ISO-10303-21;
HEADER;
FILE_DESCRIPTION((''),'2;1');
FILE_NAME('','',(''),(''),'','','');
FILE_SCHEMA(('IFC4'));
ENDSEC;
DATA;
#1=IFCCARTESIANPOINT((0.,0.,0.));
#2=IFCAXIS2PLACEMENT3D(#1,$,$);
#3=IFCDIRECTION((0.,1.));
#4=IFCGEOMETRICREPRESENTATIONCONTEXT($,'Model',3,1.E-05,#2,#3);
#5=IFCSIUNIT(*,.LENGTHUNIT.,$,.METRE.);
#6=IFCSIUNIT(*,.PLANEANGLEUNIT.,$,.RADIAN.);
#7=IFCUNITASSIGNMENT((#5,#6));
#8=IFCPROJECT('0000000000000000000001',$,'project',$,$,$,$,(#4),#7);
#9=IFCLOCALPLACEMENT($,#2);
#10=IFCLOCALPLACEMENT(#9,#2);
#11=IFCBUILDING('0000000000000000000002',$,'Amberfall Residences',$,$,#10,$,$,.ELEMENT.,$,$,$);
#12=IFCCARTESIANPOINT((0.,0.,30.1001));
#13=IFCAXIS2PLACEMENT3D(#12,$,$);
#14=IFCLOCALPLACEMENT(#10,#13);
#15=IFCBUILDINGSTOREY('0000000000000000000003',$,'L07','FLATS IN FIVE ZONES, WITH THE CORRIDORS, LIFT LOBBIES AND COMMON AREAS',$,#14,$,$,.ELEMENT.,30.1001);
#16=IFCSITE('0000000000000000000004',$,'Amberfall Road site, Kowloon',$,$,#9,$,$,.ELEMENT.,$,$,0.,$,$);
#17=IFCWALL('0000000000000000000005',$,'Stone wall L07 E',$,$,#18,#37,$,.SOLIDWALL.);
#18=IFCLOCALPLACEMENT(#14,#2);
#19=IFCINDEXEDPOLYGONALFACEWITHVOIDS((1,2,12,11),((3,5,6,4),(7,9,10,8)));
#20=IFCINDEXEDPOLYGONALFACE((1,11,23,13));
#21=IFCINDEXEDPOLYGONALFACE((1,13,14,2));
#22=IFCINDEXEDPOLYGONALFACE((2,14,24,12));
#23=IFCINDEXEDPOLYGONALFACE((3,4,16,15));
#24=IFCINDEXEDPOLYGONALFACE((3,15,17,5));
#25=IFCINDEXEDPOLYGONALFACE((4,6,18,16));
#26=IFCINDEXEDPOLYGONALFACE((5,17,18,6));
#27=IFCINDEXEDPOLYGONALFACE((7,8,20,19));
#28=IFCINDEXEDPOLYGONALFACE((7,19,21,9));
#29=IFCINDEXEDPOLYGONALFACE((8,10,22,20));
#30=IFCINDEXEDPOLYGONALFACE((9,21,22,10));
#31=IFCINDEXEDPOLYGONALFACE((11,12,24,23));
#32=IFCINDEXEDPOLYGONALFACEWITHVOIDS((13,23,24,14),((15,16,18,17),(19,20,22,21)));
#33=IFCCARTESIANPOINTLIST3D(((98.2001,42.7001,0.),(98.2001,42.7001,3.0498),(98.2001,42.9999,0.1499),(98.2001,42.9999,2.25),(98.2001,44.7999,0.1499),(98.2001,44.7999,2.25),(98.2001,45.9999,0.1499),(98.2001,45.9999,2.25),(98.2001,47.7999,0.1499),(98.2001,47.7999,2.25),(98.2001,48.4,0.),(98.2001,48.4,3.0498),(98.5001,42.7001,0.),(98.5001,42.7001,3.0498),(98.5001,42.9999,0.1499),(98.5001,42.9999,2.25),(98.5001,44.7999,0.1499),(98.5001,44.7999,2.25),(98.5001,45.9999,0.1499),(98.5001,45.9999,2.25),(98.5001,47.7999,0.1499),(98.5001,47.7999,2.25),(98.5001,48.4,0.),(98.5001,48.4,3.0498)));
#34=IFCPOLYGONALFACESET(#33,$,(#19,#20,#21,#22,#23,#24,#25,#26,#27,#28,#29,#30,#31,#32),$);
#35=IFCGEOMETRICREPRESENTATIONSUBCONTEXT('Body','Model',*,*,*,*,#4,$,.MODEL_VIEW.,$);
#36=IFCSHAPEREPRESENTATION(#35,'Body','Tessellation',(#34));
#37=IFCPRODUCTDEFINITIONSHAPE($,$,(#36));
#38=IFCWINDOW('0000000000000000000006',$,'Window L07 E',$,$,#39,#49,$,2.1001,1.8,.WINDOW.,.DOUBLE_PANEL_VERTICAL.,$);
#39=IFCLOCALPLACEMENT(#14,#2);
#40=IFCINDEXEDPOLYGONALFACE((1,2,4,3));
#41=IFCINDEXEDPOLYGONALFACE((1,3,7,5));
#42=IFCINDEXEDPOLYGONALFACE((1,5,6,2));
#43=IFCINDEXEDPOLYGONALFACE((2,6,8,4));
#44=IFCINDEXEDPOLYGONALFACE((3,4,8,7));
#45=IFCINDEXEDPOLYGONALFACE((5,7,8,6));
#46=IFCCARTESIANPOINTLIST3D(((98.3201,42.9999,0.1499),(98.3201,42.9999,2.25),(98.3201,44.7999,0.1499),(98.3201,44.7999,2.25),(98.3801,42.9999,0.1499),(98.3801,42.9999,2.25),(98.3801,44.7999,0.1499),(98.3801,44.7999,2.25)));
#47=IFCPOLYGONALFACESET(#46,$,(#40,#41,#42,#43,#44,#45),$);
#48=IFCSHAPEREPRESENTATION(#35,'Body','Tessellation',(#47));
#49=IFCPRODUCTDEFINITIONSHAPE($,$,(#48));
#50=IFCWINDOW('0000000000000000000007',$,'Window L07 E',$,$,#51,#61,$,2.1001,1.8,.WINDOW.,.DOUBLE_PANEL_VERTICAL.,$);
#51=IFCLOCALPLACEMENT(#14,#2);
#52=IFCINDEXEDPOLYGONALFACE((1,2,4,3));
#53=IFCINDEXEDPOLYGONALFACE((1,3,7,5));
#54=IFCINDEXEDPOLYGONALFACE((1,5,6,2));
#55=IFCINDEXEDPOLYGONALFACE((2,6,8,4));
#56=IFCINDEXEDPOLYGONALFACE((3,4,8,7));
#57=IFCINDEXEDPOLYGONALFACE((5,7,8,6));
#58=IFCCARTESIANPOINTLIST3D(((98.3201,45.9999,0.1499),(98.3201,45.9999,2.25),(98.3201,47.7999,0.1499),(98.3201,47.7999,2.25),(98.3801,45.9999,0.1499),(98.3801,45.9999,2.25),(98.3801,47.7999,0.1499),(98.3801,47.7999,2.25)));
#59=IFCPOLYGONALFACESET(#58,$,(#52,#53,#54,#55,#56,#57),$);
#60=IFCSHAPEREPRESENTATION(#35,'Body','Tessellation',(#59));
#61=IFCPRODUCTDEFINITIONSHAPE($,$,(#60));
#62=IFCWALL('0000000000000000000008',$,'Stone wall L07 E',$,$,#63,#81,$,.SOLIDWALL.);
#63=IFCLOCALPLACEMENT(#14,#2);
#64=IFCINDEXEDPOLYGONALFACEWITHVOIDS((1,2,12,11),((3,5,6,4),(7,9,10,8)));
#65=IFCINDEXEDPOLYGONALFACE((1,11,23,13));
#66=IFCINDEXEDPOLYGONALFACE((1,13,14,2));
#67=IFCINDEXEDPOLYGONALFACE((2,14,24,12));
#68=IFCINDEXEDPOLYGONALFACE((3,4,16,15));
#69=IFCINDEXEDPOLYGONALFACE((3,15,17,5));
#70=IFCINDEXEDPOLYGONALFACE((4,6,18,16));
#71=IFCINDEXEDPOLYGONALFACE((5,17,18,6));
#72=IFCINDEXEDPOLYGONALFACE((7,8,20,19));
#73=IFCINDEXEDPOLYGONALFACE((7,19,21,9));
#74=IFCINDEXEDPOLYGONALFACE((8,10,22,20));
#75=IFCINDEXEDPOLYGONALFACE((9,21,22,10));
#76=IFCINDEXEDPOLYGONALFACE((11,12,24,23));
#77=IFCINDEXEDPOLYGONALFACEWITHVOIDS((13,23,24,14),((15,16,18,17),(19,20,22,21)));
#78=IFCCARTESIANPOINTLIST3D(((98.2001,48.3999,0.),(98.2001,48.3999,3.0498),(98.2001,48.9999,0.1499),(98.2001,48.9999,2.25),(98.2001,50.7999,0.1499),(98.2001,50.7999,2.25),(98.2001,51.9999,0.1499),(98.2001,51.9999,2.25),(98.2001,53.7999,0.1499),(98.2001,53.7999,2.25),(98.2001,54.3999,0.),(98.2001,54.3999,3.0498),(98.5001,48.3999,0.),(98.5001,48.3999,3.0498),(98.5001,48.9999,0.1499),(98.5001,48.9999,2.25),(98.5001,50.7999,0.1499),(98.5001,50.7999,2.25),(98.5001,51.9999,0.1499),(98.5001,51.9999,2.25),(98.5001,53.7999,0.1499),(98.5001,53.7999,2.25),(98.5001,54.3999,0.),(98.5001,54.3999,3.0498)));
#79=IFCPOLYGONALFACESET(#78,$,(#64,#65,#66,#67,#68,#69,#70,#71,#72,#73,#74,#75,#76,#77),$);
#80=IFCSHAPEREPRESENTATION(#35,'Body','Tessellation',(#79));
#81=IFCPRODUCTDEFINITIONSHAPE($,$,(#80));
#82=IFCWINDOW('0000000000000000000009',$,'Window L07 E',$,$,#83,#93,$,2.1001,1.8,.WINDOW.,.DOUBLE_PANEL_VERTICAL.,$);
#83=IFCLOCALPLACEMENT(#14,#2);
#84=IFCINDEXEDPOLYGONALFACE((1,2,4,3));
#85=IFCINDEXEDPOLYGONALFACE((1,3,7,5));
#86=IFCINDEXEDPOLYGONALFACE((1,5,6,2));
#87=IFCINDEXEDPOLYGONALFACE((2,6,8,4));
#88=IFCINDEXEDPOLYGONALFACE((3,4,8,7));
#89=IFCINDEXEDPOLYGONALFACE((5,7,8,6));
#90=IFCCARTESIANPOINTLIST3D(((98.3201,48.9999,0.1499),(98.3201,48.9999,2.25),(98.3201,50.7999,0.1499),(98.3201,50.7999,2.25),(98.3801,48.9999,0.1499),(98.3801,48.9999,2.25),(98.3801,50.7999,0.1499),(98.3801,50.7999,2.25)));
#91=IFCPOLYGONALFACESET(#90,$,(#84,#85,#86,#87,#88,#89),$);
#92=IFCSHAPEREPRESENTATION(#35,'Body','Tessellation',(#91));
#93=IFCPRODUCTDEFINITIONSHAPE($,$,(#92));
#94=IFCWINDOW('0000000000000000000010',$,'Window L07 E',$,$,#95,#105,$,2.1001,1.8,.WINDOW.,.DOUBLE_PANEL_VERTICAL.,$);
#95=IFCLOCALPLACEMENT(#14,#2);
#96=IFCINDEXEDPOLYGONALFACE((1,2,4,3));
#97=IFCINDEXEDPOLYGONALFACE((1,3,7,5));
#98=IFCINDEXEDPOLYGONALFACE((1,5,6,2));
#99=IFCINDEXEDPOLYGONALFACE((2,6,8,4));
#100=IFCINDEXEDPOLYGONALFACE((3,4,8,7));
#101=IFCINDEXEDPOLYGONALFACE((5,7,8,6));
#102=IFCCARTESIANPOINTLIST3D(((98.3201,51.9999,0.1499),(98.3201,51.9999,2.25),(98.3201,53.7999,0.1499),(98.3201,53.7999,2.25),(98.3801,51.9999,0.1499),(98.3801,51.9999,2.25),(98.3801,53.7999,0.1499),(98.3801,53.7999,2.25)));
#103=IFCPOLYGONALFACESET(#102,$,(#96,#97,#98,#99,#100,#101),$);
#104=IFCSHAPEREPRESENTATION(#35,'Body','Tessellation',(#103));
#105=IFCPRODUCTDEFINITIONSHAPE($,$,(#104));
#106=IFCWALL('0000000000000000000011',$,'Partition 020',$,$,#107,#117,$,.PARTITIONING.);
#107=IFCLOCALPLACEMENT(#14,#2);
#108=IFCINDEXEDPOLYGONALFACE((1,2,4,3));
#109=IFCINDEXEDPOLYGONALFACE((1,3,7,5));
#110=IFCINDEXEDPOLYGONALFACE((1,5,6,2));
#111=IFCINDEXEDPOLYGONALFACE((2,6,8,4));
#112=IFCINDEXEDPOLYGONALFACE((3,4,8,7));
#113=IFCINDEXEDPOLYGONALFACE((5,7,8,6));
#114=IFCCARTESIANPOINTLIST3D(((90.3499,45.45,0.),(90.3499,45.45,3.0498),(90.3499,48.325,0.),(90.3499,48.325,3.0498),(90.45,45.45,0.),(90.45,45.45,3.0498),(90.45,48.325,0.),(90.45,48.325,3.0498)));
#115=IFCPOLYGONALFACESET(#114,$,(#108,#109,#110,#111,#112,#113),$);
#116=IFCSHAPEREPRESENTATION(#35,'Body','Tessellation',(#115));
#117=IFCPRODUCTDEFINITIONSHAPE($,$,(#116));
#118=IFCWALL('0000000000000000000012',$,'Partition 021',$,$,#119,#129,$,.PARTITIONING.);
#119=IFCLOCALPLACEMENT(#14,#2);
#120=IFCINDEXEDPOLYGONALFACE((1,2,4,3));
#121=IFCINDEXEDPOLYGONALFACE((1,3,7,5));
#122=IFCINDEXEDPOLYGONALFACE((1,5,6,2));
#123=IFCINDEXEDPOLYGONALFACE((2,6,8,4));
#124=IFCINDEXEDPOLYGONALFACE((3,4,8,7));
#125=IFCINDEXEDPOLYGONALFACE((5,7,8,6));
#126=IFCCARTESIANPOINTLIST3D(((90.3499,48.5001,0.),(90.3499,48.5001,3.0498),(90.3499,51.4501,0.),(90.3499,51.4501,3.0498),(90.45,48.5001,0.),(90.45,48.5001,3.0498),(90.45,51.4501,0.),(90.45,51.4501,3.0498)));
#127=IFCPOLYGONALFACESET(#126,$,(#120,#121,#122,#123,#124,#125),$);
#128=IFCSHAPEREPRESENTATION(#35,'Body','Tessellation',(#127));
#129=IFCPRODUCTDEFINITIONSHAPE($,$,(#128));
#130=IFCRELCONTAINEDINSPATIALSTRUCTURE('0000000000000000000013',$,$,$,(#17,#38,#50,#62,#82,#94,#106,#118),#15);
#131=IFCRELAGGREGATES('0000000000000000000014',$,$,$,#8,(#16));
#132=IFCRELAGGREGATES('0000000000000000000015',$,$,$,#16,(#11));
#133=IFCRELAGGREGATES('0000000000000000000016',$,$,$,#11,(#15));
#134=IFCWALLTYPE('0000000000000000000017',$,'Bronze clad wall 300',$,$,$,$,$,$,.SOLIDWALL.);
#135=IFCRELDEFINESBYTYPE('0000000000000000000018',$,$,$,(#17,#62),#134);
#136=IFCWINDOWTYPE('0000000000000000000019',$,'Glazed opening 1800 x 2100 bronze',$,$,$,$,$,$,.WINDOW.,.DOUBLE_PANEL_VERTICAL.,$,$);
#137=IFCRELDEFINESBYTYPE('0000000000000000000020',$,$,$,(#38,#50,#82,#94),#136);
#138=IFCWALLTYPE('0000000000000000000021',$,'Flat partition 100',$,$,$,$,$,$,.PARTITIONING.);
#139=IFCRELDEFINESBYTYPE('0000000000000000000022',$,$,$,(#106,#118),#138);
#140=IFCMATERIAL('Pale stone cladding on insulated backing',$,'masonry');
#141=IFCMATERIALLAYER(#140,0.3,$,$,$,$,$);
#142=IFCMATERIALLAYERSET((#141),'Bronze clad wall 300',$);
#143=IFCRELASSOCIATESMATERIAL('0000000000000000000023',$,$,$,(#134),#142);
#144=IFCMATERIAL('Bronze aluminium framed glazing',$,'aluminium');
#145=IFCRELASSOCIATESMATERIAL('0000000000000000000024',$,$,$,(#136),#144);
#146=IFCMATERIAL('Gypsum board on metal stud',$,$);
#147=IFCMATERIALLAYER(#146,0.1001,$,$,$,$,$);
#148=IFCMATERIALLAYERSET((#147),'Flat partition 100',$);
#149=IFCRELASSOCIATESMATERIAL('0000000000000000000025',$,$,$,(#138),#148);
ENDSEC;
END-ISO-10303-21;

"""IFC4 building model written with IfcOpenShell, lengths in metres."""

from ifc_helpers import new_model, si_unit, direction, frame, frame_2d, origin, place, context, subcontext, project, spatial, rectangle, extrude, material, layer, layer_set, type_object, element, fill, save


model = new_model("IFC4")

# Units and contexts
model_context = context("Model", 3, precision=1e-05, world=origin(), true_north=direction((0.0, 1.0)))
body_context = subcontext(model_context, "Body", "Model", "MODEL_VIEW")
ifc_project = project(units=[si_unit("LENGTHUNIT", "METRE"), si_unit("PLANEANGLEUNIT", "RADIAN")], contexts=[model_context])

# Site, building, storey
site_placement = place(None, origin())
site = spatial("IfcSite", under=ifc_project, at=site_placement, Name="Amberfall Road site, Kowloon", CompositionType="ELEMENT", RefElevation=0.0)
building_placement = place(site_placement, origin())
building = spatial("IfcBuilding", under=site, at=building_placement, Name="Amberfall Residences", CompositionType="ELEMENT")
storey_placement = place(building_placement, frame((0.0, 0.0, 30.1001)))
storey = spatial("IfcBuildingStorey", under=building, at=storey_placement, Name="L07", Description="FLATS IN FIVE ZONES, WITH THE CORRIDORS, LIFT LOBBIES AND COMMON AREAS", CompositionType="ELEMENT", Elevation=30.1001)

# Shared definitions
ifc_material_1 = material(Name="Pale stone cladding on insulated backing", Category="masonry")
ifc_layer_1 = layer(ifc_material_1, 0.3)
ifc_layer_set_1 = layer_set([ifc_layer_1], Name="Bronze clad wall 300")
wall_type_1 = type_object("IfcWallType", Name="Bronze clad wall 300", PredefinedType="SOLIDWALL", material=ifc_layer_set_1)
ifc_material_2 = material(Name="Bronze aluminium framed glazing", Category="aluminium")

# Walls, openings, windows
wall_1_placement = place(storey_placement, frame((98.3501, 42.7, 0.0), z_axis=(0.0, 0.0, 1.0), x_axis=(0.0, 1.0, 0.0)))
wall_1 = element("IfcWall", 1, at=wall_1_placement, inside=storey, type_object=wall_type_1, Name="Stone wall L07 E", PredefinedType="SOLIDWALL", context=body_context, shape_type="SweptSolid", body=[
    extrude(rectangle(XDim=5.7, YDim=0.3, at=frame_2d((2.8501, 0.0))), origin(), (0.0, 0.0, 1.0), 3.0498),
])
opening_1_placement = place(wall_1_placement, frame((0.3, 0.0, 0.1499)))
opening_1 = element("IfcOpeningElement", 2, at=opening_1_placement, cuts=wall_1, PredefinedType="OPENING", context=body_context, shape_type="SweptSolid", body=[
    extrude(rectangle(XDim=1.8, YDim=2.1001, at=frame_2d((0.8999, 1.05))), frame((0.0, 0.1599, 0.0), z_axis=(0.0, -1.0, 0.0), x_axis=(1.0, 0.0, 0.0)), (0.0, 0.0, 1.0), 0.3201),
])
opening_2_placement = place(wall_1_placement, frame((3.3, 0.0, 0.1499)))
opening_2 = element("IfcOpeningElement", 3, at=opening_2_placement, cuts=wall_1, PredefinedType="OPENING", context=body_context, shape_type="SweptSolid", body=[
    extrude(rectangle(XDim=1.8, YDim=2.1001, at=frame_2d((0.8999, 1.05))), frame((0.0, 0.1599, 0.0), z_axis=(0.0, -1.0, 0.0), x_axis=(1.0, 0.0, 0.0)), (0.0, 0.0, 1.0), 0.3201),
])
window_type_1 = type_object("IfcWindowType", Name="Glazed opening 1800 x 2100 bronze", PartitioningType="DOUBLE_PANEL_VERTICAL", PredefinedType="WINDOW", material=ifc_material_2)
window_1_placement = place(opening_1_placement, origin())
window_1 = element("IfcWindow", 4, at=window_1_placement, inside=storey, type_object=window_type_1, Name="Window L07 E", OverallHeight=2.1001, OverallWidth=1.8, PartitioningType="DOUBLE_PANEL_VERTICAL", PredefinedType="WINDOW", context=body_context, shape_type="SweptSolid", body=[
    extrude(rectangle(XDim=1.8, YDim=2.1001, at=frame_2d((0.8999, 1.05))), frame((0.0, 0.03, 0.0), z_axis=(0.0, -1.0, 0.0), x_axis=(1.0, 0.0, 0.0)), (0.0, 0.0, 1.0), 0.0601),
])
fill(opening_1, window_1)
window_2_placement = place(opening_2_placement, origin())
window_2 = element("IfcWindow", 5, at=window_2_placement, inside=storey, type_object=window_type_1, Name="Window L07 E", OverallHeight=2.1001, OverallWidth=1.8, PartitioningType="DOUBLE_PANEL_VERTICAL", PredefinedType="WINDOW", context=body_context, shape_type="SweptSolid", body=[
    extrude(rectangle(XDim=1.8, YDim=2.1001, at=frame_2d((0.8999, 1.05))), frame((0.0, 0.03, 0.0), z_axis=(0.0, -1.0, 0.0), x_axis=(1.0, 0.0, 0.0)), (0.0, 0.0, 1.0), 0.0601),
])
fill(opening_2, window_2)
wall_2_placement = place(storey_placement, frame((98.3501, 48.3999, 0.0), z_axis=(0.0, 0.0, 1.0), x_axis=(0.0, 1.0, 0.0)))
wall_2 = element("IfcWall", 6, at=wall_2_placement, inside=storey, type_object=wall_type_1, Name="Stone wall L07 E", PredefinedType="SOLIDWALL", context=body_context, shape_type="SweptSolid", body=[
    extrude(rectangle(XDim=6.0, YDim=0.3, at=frame_2d((3.0, 0.0))), origin(), (0.0, 0.0, 1.0), 3.0498),
])
opening_3_placement = place(wall_2_placement, frame((0.6001, 0.0, 0.1499)))
opening_3 = element("IfcOpeningElement", 7, at=opening_3_placement, cuts=wall_2, PredefinedType="OPENING", context=body_context, shape_type="SweptSolid", body=[
    extrude(rectangle(XDim=1.8, YDim=2.1001, at=frame_2d((0.8999, 1.05))), frame((0.0, 0.1599, 0.0), z_axis=(0.0, -1.0, 0.0), x_axis=(1.0, 0.0, 0.0)), (0.0, 0.0, 1.0), 0.3201),
])
opening_4_placement = place(wall_2_placement, frame((3.6001, 0.0, 0.1499)))
opening_4 = element("IfcOpeningElement", 8, at=opening_4_placement, cuts=wall_2, PredefinedType="OPENING", context=body_context, shape_type="SweptSolid", body=[
    extrude(rectangle(XDim=1.8, YDim=2.1001, at=frame_2d((0.8999, 1.05))), frame((0.0, 0.1599, 0.0), z_axis=(0.0, -1.0, 0.0), x_axis=(1.0, 0.0, 0.0)), (0.0, 0.0, 1.0), 0.3201),
])
window_3_placement = place(opening_3_placement, origin())
window_3 = element("IfcWindow", 9, at=window_3_placement, inside=storey, type_object=window_type_1, Name="Window L07 E", OverallHeight=2.1001, OverallWidth=1.8, PartitioningType="DOUBLE_PANEL_VERTICAL", PredefinedType="WINDOW", context=body_context, shape_type="SweptSolid", body=[
    extrude(rectangle(XDim=1.8, YDim=2.1001, at=frame_2d((0.8999, 1.05))), frame((0.0, 0.03, 0.0), z_axis=(0.0, -1.0, 0.0), x_axis=(1.0, 0.0, 0.0)), (0.0, 0.0, 1.0), 0.0601),
])
fill(opening_3, window_3)
window_4_placement = place(opening_4_placement, origin())
window_4 = element("IfcWindow", 10, at=window_4_placement, inside=storey, type_object=window_type_1, Name="Window L07 E", OverallHeight=2.1001, OverallWidth=1.8, PartitioningType="DOUBLE_PANEL_VERTICAL", PredefinedType="WINDOW", context=body_context, shape_type="SweptSolid", body=[
    extrude(rectangle(XDim=1.8, YDim=2.1001, at=frame_2d((0.8999, 1.05))), frame((0.0, 0.03, 0.0), z_axis=(0.0, -1.0, 0.0), x_axis=(1.0, 0.0, 0.0)), (0.0, 0.0, 1.0), 0.0601),
])
fill(opening_4, window_4)

# Walls
ifc_material_3 = material(Name="Gypsum board on metal stud")
ifc_layer_2 = layer(ifc_material_3, 0.1001)
ifc_layer_set_2 = layer_set([ifc_layer_2], Name="Flat partition 100")
wall_type_2 = type_object("IfcWallType", Name="Flat partition 100", PredefinedType="PARTITIONING", material=ifc_layer_set_2)
wall_3_placement = place(storey_placement, frame((90.3999, 45.45, 0.0), z_axis=(0.0, 0.0, 1.0), x_axis=(0.0, 1.0, 0.0)))
element("IfcWall", 11, at=wall_3_placement, inside=storey, type_object=wall_type_2, Name="Partition 020", PredefinedType="PARTITIONING", context=body_context, shape_type="SweptSolid", body=[
    extrude(rectangle(XDim=2.875, YDim=0.1001, at=frame_2d((1.4375, 0.0))), origin(), (0.0, 0.0, 1.0), 3.0498),
])
wall_4_placement = place(storey_placement, frame((90.3999, 48.5, 0.0), z_axis=(0.0, 0.0, 1.0), x_axis=(0.0, 1.0, 0.0)))
element("IfcWall", 12, at=wall_4_placement, inside=storey, type_object=wall_type_2, Name="Partition 021", PredefinedType="PARTITIONING", context=body_context, shape_type="SweptSolid", body=[
    extrude(rectangle(XDim=2.95, YDim=0.1001, at=frame_2d((1.4751, 0.0))), origin(), (0.0, 0.0, 1.0), 3.0498),
])

save(model, "model.ifc")
